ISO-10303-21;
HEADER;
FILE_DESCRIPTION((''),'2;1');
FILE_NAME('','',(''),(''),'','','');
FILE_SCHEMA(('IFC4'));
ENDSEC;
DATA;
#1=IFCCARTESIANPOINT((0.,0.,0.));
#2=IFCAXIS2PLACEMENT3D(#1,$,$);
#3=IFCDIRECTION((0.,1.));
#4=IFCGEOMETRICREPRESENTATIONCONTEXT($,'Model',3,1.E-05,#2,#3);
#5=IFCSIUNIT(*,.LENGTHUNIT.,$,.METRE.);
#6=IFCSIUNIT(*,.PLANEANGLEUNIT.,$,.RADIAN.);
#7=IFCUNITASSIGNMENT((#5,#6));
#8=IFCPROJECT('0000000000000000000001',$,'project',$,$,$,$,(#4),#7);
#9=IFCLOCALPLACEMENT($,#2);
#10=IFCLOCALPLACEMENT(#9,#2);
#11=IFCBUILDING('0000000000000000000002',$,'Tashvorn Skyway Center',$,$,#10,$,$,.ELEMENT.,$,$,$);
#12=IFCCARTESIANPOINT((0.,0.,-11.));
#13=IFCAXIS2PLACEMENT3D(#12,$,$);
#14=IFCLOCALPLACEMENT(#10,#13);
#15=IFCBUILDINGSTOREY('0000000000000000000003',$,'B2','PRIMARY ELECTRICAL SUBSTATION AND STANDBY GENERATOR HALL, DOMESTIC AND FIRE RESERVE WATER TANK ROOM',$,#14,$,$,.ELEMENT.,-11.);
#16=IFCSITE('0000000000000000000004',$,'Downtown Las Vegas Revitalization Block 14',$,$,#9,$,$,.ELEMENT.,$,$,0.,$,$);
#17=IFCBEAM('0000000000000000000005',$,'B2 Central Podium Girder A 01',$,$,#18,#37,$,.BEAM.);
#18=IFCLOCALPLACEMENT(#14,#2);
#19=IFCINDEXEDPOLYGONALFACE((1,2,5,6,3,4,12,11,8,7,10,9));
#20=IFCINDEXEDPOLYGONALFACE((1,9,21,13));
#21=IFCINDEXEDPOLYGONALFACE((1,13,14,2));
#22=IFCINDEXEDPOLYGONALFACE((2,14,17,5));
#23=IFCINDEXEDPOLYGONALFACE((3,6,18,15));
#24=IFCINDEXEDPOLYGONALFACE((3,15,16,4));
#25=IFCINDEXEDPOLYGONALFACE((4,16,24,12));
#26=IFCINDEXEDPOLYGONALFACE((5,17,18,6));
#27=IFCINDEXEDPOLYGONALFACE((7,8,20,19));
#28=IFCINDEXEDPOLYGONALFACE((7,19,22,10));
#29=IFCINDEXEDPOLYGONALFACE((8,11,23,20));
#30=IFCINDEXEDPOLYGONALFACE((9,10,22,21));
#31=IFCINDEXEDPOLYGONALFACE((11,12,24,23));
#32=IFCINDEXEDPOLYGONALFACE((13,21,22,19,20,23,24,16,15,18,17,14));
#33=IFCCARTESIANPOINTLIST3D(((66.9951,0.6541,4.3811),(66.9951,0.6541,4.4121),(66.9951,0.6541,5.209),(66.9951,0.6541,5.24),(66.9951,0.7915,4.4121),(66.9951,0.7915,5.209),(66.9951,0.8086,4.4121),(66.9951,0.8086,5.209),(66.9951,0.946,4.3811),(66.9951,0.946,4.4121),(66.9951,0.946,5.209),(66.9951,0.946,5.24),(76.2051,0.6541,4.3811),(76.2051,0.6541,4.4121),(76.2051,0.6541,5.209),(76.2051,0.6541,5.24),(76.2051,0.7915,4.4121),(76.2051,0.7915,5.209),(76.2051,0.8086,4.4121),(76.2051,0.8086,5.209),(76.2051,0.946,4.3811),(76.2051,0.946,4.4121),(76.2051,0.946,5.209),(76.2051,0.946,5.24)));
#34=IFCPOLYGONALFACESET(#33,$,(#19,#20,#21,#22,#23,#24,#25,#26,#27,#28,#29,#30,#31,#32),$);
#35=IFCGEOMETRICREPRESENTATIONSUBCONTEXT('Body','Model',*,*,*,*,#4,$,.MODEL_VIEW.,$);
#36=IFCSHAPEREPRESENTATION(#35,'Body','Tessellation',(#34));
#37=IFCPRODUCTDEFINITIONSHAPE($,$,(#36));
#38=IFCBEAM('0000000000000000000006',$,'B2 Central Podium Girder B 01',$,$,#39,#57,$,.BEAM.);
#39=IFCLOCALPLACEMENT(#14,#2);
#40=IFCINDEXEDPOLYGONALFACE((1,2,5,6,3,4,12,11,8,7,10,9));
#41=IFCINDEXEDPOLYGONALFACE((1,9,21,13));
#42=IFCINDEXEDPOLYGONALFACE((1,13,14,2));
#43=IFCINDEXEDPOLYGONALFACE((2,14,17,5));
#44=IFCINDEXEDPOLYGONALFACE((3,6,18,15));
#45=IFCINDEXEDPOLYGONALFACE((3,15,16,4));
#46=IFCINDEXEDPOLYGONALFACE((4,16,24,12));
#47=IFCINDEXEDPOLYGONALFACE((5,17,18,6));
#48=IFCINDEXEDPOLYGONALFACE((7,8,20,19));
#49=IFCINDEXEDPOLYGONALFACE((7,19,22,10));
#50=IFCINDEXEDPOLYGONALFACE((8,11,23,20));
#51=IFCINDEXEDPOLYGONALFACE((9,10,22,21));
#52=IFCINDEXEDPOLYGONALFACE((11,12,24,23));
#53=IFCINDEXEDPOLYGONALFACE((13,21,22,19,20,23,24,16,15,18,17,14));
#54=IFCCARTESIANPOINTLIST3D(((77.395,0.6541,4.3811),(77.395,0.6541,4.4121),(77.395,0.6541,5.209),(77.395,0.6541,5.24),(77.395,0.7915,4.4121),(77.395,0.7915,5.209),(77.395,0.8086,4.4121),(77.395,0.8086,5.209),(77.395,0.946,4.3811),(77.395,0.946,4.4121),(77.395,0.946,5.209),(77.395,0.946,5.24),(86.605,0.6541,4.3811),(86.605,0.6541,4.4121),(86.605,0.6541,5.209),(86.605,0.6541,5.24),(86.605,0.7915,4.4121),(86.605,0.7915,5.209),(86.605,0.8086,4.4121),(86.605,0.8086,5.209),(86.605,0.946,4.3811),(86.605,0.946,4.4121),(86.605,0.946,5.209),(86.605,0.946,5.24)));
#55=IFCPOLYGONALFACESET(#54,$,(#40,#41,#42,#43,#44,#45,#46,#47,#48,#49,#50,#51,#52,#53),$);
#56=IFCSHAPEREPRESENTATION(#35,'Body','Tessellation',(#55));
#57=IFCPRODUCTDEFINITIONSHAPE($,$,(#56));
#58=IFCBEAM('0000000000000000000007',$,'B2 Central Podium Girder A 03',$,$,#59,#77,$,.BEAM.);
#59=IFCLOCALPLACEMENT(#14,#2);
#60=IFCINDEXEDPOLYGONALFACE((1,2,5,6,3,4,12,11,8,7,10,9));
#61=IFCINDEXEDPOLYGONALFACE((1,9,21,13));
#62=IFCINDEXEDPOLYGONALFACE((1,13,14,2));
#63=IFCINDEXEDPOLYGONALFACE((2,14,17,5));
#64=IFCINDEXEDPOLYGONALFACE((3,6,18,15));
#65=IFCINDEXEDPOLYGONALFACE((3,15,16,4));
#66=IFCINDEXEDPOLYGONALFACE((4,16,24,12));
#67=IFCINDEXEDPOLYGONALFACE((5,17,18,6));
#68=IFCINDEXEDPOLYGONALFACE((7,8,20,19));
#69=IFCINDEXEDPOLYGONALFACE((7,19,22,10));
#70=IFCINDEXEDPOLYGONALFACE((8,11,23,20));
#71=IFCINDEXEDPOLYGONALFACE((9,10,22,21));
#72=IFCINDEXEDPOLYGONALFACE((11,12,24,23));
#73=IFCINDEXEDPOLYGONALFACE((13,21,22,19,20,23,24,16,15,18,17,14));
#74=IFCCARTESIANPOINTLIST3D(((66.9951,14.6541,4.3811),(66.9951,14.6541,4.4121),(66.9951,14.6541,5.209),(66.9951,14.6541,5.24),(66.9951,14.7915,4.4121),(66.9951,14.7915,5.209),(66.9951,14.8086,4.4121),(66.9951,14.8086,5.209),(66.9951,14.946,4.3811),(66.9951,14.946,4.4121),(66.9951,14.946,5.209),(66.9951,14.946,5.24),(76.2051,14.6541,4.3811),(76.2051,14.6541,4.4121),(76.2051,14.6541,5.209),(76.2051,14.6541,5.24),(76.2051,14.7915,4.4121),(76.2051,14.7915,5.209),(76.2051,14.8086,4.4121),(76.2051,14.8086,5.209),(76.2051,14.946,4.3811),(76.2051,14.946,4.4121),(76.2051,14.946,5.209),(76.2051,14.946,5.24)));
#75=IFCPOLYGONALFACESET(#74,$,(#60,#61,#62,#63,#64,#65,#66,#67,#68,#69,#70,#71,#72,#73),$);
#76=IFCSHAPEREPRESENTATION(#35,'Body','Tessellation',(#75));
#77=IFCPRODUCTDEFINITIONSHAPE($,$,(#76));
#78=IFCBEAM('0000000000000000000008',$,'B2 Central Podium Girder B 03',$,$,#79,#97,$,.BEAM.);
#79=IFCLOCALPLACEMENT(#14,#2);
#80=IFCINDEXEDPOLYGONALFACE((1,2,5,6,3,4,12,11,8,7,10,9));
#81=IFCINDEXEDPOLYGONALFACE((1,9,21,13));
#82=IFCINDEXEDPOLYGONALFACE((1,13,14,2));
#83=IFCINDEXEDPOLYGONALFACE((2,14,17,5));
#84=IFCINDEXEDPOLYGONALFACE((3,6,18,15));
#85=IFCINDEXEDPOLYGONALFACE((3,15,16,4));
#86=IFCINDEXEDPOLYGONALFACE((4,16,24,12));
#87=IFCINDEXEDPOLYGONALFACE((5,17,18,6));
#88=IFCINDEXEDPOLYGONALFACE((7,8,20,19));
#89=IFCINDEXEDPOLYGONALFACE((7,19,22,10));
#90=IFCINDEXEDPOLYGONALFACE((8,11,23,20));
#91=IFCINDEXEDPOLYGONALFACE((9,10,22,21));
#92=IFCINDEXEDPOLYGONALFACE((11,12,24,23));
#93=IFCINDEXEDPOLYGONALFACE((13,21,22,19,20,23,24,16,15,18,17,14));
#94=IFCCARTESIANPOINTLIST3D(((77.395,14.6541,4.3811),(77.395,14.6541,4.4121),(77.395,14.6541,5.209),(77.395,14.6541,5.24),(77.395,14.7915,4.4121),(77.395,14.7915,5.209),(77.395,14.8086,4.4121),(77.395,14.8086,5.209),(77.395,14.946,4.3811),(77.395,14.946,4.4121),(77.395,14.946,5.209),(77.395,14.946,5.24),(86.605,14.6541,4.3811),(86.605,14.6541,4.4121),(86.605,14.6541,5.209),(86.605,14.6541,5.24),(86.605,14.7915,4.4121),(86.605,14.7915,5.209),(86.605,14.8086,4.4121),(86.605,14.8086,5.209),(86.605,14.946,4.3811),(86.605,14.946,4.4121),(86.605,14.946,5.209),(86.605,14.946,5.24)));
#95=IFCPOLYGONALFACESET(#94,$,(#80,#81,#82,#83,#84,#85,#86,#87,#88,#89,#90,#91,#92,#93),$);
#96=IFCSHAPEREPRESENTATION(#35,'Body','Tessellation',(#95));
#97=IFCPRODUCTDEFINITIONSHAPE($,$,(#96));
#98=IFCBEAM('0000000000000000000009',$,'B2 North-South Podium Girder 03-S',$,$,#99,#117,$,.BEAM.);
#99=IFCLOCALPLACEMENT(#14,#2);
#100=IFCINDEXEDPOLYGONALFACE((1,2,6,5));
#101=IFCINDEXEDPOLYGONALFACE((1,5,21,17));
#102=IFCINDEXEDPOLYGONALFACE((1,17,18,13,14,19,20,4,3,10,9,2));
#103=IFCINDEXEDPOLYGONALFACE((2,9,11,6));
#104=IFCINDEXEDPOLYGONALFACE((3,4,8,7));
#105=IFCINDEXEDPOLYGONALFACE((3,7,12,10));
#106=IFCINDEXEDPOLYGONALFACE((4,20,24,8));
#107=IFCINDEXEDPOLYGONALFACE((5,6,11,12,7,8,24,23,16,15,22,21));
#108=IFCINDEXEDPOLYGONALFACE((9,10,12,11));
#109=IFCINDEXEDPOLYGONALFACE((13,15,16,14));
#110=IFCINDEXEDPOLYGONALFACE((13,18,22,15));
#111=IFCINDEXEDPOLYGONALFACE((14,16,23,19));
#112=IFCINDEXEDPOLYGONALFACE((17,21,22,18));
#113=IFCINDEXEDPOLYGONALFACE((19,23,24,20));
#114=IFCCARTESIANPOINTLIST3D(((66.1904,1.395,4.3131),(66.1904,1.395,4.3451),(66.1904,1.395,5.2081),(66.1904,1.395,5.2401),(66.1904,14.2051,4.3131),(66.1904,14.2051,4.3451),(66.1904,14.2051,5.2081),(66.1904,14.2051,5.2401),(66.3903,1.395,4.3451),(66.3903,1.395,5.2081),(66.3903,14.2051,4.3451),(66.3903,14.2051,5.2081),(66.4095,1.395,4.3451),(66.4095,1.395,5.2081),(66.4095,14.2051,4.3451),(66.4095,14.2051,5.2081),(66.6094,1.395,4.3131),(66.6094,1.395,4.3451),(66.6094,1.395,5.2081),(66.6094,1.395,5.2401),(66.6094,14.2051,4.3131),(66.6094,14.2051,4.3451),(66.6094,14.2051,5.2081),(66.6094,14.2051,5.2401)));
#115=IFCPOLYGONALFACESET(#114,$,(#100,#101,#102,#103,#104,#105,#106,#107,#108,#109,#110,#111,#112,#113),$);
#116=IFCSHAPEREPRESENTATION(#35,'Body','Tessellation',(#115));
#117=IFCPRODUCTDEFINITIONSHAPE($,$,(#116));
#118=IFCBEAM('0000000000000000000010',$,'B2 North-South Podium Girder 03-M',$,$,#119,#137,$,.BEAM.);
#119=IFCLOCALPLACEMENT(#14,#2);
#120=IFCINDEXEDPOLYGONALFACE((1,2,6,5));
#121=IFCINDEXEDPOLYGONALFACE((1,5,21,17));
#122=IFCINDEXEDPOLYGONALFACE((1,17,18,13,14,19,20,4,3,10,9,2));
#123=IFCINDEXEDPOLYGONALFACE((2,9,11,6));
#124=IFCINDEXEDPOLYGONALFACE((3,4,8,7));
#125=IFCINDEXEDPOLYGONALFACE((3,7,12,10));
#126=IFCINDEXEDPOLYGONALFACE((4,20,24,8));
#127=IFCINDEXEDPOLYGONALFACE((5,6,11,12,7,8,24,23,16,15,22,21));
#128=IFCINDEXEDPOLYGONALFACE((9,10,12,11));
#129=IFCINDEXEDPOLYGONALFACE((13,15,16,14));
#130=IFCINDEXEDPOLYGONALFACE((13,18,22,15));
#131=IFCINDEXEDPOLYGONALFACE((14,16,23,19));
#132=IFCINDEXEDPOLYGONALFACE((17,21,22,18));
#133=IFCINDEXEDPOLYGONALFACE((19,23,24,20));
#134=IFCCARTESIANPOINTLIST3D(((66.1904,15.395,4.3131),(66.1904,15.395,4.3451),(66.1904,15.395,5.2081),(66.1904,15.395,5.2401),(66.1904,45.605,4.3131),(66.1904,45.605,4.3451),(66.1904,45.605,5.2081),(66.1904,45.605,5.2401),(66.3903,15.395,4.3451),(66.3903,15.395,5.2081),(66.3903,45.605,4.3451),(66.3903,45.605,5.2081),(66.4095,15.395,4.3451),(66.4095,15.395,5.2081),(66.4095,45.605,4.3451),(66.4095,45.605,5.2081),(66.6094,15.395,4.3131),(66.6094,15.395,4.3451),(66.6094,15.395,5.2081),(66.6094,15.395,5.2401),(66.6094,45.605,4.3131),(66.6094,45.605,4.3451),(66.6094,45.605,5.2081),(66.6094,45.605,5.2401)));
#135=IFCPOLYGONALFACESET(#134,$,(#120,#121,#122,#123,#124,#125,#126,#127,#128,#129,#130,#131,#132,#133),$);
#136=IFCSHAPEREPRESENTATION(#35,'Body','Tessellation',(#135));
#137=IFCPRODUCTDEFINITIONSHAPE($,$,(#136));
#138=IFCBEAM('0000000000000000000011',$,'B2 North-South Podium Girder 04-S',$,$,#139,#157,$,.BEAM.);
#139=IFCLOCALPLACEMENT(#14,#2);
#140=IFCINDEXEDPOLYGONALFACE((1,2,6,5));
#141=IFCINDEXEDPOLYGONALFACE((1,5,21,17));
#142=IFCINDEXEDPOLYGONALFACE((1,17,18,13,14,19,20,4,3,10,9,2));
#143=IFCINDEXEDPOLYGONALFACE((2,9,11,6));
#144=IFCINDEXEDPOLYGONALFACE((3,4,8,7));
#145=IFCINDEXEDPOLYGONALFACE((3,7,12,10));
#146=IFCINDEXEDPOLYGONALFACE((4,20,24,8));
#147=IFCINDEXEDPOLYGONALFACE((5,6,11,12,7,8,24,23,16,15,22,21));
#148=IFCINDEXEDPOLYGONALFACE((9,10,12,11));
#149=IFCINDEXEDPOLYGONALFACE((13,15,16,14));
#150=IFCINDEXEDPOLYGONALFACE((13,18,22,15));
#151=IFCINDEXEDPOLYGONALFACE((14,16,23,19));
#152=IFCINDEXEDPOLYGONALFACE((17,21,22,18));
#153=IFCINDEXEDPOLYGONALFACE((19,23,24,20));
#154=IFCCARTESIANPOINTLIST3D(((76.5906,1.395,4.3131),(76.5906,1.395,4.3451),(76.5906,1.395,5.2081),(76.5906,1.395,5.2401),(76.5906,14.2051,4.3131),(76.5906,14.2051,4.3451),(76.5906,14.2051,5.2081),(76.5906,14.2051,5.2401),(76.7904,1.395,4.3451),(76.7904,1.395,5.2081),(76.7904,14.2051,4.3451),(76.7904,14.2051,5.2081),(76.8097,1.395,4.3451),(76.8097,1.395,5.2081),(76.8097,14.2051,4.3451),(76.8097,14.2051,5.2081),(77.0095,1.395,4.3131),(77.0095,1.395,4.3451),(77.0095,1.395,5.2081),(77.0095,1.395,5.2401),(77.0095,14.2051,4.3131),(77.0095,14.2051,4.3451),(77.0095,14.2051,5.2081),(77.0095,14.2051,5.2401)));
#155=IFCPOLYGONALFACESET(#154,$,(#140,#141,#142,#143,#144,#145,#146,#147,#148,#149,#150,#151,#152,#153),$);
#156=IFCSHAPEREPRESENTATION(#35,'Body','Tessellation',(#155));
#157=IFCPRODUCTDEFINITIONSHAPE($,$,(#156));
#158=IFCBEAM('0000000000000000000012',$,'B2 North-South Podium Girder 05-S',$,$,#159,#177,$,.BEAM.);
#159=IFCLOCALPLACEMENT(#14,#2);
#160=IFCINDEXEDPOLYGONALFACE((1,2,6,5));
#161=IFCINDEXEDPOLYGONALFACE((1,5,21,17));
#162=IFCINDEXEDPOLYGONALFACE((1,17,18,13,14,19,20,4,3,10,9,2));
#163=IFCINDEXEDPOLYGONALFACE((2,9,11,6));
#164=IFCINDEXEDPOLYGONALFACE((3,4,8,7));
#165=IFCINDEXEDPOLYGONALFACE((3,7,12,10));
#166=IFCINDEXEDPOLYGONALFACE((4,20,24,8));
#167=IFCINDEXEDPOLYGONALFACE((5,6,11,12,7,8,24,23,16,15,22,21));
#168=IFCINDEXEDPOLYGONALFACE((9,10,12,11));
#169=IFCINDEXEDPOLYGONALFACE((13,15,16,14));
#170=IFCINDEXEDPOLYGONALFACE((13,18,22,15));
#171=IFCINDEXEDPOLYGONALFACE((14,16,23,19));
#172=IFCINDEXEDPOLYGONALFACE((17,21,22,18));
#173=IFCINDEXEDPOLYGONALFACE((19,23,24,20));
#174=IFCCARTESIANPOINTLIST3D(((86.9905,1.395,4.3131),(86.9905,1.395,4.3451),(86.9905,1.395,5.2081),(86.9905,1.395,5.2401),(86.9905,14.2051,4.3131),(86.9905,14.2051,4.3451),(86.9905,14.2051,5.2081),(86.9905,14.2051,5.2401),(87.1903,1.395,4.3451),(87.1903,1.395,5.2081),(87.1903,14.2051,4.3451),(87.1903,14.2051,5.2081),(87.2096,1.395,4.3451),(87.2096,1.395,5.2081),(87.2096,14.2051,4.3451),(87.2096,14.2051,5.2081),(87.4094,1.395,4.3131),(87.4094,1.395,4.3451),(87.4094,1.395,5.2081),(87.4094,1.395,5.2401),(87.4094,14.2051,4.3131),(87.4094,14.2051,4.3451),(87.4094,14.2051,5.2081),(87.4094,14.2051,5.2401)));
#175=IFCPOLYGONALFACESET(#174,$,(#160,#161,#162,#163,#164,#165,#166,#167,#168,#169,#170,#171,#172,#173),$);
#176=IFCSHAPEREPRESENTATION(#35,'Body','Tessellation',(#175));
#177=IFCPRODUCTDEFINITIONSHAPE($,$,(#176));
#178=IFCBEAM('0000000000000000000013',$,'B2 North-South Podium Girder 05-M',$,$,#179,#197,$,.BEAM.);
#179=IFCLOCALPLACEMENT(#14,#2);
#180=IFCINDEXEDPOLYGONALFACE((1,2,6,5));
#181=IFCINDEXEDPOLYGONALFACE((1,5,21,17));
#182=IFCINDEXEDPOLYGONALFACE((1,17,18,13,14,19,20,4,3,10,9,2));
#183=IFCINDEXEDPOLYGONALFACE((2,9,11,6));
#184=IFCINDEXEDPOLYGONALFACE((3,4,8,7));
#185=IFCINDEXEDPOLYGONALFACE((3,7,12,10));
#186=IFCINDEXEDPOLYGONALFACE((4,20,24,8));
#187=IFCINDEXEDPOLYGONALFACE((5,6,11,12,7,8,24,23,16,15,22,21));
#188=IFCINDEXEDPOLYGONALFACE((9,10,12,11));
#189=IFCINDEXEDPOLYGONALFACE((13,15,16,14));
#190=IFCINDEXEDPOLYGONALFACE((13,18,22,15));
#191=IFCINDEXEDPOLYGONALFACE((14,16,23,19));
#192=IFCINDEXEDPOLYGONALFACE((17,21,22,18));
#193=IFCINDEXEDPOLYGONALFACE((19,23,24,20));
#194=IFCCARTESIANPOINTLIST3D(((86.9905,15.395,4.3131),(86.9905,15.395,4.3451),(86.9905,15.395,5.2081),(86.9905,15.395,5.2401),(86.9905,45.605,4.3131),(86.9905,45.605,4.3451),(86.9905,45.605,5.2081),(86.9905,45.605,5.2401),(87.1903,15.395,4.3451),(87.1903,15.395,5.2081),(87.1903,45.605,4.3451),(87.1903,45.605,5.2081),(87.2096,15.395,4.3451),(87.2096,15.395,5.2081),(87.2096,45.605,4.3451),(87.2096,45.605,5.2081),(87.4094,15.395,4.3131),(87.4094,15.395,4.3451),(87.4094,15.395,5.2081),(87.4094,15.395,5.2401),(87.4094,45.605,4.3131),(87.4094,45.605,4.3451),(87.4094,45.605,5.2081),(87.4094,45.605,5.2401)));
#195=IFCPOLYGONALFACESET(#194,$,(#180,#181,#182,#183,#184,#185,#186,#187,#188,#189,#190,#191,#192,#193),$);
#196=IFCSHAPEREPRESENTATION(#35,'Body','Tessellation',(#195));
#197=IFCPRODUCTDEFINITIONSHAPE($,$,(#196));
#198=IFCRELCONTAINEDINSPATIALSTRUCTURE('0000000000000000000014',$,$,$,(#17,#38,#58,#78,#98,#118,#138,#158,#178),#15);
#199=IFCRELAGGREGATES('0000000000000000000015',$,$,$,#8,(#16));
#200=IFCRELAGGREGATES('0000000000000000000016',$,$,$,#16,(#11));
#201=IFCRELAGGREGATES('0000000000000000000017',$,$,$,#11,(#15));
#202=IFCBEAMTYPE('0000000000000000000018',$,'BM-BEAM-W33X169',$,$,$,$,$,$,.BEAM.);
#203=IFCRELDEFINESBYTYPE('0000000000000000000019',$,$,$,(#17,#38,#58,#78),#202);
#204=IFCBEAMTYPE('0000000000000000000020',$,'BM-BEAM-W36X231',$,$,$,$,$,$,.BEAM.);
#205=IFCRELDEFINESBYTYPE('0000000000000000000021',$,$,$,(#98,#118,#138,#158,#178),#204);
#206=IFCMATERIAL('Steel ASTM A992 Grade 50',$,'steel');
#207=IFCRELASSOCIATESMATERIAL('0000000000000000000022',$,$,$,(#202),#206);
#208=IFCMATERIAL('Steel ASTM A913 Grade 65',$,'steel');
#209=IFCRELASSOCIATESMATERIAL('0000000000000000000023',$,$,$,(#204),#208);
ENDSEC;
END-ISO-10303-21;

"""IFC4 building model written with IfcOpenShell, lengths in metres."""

from ifc_helpers import new_model, si_unit, direction, frame, origin, origin_2d, place, context, subcontext, project, spatial, i_section, extrude, material, material_profile, profile_set, type_object, element, save


model = new_model("IFC4")

# Units and contexts
model_context = context("Model", 3, precision=1e-05, world=origin(), true_north=direction((0.0, 1.0)))
body_context = subcontext(model_context, "Body", "Model", "MODEL_VIEW")
ifc_project = project(units=[si_unit("LENGTHUNIT", "METRE"), si_unit("PLANEANGLEUNIT", "RADIAN")], contexts=[model_context])

# Site, building, storey
site_placement = place(None, origin())
site = spatial("IfcSite", under=ifc_project, at=site_placement, Name="Downtown Las Vegas Revitalization Block 14", CompositionType="ELEMENT", RefElevation=0.0)
building_placement = place(site_placement, origin())
building = spatial("IfcBuilding", under=site, at=building_placement, Name="Tashvorn Skyway Center", CompositionType="ELEMENT")
storey_placement = place(building_placement, frame((0.0, 0.0, -11.0)))
storey = spatial("IfcBuildingStorey", under=building, at=storey_placement, Name="B2", Description="PRIMARY ELECTRICAL SUBSTATION AND STANDBY GENERATOR HALL, DOMESTIC AND FIRE RESERVE WATER TANK ROOM", CompositionType="ELEMENT", Elevation=-11.0)

# Beams
ifc_material_1 = material(Name="Steel ASTM A992 Grade 50", Category="steel")
ifc_material_profile_1 = material_profile(ifc_material_1, i_section(OverallWidth=0.292, OverallDepth=0.8589, WebThickness=0.0171, FlangeThickness=0.031, at=origin_2d()), Name="W33X169")
ifc_profile_set_1 = profile_set([ifc_material_profile_1], Name="Steel ASTM A992 Grade 50")
beam_type_1 = type_object("IfcBeamType", Name="BM-BEAM-W33X169", PredefinedType="BEAM", material=ifc_profile_set_1)
for number, where, z_axis, x_axis, name in (
    (1, (66.9951, 0.8, 4.8105), (1.0, 0.0, 0.0), (0.0, 1.0, 0.0), "B2 Central Podium Girder A 01"),
    (2, (77.395, 0.8, 4.8105), (1.0, 0.0, 0.0), (0.0, 1.0, 0.0), "B2 Central Podium Girder B 01"),
    (3, (66.9951, 14.8, 4.8105), (1.0, 0.0, 0.0), (0.0, 1.0, 0.0), "B2 Central Podium Girder A 03"),
    (4, (77.395, 14.8, 4.8105), (1.0, 0.0, 0.0), (0.0, 1.0, 0.0), "B2 Central Podium Girder B 03"),
):
    element("IfcBeam", number, at=place(storey_placement, frame(where, z_axis=z_axis, x_axis=x_axis)), inside=storey, type_object=beam_type_1, Name=name, PredefinedType="BEAM", context=body_context, shape_type="SweptSolid", body=[
        extrude(i_section(OverallWidth=0.292, OverallDepth=0.8589, WebThickness=0.0171, FlangeThickness=0.031, at=origin_2d()), origin(), (0.0, 0.0, 1.0), 9.21),
    ])
ifc_material_2 = material(Name="Steel ASTM A913 Grade 65", Category="steel")
ifc_material_profile_2 = material_profile(ifc_material_2, i_section(OverallWidth=0.4189, OverallDepth=0.927, WebThickness=0.0193, FlangeThickness=0.032, at=origin_2d()), Name="W36X231")
ifc_profile_set_2 = profile_set([ifc_material_profile_2], Name="Steel ASTM A913 Grade 65")
beam_type_2 = type_object("IfcBeamType", Name="BM-BEAM-W36X231", PredefinedType="BEAM", material=ifc_profile_set_2)
beam_1_placement = place(storey_placement, frame((66.3999, 1.395, 4.7766), z_axis=(0.0, 1.0, 0.0), x_axis=(-1.0, 0.0, 0.0)))
element("IfcBeam", 5, at=beam_1_placement, inside=storey, type_object=beam_type_2, Name="B2 North-South Podium Girder 03-S", PredefinedType="BEAM", context=body_context, shape_type="SweptSolid", body=[
    extrude(i_section(OverallWidth=0.4189, OverallDepth=0.927, WebThickness=0.0193, FlangeThickness=0.032, at=origin_2d()), origin(), (0.0, 0.0, 1.0), 12.8101),
])
beam_2_placement = place(storey_placement, frame((66.3999, 15.395, 4.7766), z_axis=(0.0, 1.0, 0.0), x_axis=(-1.0, 0.0, 0.0)))
element("IfcBeam", 6, at=beam_2_placement, inside=storey, type_object=beam_type_2, Name="B2 North-South Podium Girder 03-M", PredefinedType="BEAM", context=body_context, shape_type="SweptSolid", body=[
    extrude(i_section(OverallWidth=0.4189, OverallDepth=0.927, WebThickness=0.0193, FlangeThickness=0.032, at=origin_2d()), origin(), (0.0, 0.0, 1.0), 30.21),
])
for number, where, z_axis, x_axis, name in (
    (7, (76.8, 1.395, 4.7766), (0.0, 1.0, 0.0), (-1.0, 0.0, 0.0), "B2 North-South Podium Girder 04-S"),
    (8, (87.2, 1.395, 4.7766), (0.0, 1.0, 0.0), (-1.0, 0.0, 0.0), "B2 North-South Podium Girder 05-S"),
):
    element("IfcBeam", number, at=place(storey_placement, frame(where, z_axis=z_axis, x_axis=x_axis)), inside=storey, type_object=beam_type_2, Name=name, PredefinedType="BEAM", context=body_context, shape_type="SweptSolid", body=[
        extrude(i_section(OverallWidth=0.4189, OverallDepth=0.927, WebThickness=0.0193, FlangeThickness=0.032, at=origin_2d()), origin(), (0.0, 0.0, 1.0), 12.8101),
    ])
beam_3_placement = place(storey_placement, frame((87.2, 15.395, 4.7766), z_axis=(0.0, 1.0, 0.0), x_axis=(-1.0, 0.0, 0.0)))
element("IfcBeam", 9, at=beam_3_placement, inside=storey, type_object=beam_type_2, Name="B2 North-South Podium Girder 05-M", PredefinedType="BEAM", context=body_context, shape_type="SweptSolid", body=[
    extrude(i_section(OverallWidth=0.4189, OverallDepth=0.927, WebThickness=0.0193, FlangeThickness=0.032, at=origin_2d()), origin(), (0.0, 0.0, 1.0), 30.21),
])

save(model, "model.ifc")
